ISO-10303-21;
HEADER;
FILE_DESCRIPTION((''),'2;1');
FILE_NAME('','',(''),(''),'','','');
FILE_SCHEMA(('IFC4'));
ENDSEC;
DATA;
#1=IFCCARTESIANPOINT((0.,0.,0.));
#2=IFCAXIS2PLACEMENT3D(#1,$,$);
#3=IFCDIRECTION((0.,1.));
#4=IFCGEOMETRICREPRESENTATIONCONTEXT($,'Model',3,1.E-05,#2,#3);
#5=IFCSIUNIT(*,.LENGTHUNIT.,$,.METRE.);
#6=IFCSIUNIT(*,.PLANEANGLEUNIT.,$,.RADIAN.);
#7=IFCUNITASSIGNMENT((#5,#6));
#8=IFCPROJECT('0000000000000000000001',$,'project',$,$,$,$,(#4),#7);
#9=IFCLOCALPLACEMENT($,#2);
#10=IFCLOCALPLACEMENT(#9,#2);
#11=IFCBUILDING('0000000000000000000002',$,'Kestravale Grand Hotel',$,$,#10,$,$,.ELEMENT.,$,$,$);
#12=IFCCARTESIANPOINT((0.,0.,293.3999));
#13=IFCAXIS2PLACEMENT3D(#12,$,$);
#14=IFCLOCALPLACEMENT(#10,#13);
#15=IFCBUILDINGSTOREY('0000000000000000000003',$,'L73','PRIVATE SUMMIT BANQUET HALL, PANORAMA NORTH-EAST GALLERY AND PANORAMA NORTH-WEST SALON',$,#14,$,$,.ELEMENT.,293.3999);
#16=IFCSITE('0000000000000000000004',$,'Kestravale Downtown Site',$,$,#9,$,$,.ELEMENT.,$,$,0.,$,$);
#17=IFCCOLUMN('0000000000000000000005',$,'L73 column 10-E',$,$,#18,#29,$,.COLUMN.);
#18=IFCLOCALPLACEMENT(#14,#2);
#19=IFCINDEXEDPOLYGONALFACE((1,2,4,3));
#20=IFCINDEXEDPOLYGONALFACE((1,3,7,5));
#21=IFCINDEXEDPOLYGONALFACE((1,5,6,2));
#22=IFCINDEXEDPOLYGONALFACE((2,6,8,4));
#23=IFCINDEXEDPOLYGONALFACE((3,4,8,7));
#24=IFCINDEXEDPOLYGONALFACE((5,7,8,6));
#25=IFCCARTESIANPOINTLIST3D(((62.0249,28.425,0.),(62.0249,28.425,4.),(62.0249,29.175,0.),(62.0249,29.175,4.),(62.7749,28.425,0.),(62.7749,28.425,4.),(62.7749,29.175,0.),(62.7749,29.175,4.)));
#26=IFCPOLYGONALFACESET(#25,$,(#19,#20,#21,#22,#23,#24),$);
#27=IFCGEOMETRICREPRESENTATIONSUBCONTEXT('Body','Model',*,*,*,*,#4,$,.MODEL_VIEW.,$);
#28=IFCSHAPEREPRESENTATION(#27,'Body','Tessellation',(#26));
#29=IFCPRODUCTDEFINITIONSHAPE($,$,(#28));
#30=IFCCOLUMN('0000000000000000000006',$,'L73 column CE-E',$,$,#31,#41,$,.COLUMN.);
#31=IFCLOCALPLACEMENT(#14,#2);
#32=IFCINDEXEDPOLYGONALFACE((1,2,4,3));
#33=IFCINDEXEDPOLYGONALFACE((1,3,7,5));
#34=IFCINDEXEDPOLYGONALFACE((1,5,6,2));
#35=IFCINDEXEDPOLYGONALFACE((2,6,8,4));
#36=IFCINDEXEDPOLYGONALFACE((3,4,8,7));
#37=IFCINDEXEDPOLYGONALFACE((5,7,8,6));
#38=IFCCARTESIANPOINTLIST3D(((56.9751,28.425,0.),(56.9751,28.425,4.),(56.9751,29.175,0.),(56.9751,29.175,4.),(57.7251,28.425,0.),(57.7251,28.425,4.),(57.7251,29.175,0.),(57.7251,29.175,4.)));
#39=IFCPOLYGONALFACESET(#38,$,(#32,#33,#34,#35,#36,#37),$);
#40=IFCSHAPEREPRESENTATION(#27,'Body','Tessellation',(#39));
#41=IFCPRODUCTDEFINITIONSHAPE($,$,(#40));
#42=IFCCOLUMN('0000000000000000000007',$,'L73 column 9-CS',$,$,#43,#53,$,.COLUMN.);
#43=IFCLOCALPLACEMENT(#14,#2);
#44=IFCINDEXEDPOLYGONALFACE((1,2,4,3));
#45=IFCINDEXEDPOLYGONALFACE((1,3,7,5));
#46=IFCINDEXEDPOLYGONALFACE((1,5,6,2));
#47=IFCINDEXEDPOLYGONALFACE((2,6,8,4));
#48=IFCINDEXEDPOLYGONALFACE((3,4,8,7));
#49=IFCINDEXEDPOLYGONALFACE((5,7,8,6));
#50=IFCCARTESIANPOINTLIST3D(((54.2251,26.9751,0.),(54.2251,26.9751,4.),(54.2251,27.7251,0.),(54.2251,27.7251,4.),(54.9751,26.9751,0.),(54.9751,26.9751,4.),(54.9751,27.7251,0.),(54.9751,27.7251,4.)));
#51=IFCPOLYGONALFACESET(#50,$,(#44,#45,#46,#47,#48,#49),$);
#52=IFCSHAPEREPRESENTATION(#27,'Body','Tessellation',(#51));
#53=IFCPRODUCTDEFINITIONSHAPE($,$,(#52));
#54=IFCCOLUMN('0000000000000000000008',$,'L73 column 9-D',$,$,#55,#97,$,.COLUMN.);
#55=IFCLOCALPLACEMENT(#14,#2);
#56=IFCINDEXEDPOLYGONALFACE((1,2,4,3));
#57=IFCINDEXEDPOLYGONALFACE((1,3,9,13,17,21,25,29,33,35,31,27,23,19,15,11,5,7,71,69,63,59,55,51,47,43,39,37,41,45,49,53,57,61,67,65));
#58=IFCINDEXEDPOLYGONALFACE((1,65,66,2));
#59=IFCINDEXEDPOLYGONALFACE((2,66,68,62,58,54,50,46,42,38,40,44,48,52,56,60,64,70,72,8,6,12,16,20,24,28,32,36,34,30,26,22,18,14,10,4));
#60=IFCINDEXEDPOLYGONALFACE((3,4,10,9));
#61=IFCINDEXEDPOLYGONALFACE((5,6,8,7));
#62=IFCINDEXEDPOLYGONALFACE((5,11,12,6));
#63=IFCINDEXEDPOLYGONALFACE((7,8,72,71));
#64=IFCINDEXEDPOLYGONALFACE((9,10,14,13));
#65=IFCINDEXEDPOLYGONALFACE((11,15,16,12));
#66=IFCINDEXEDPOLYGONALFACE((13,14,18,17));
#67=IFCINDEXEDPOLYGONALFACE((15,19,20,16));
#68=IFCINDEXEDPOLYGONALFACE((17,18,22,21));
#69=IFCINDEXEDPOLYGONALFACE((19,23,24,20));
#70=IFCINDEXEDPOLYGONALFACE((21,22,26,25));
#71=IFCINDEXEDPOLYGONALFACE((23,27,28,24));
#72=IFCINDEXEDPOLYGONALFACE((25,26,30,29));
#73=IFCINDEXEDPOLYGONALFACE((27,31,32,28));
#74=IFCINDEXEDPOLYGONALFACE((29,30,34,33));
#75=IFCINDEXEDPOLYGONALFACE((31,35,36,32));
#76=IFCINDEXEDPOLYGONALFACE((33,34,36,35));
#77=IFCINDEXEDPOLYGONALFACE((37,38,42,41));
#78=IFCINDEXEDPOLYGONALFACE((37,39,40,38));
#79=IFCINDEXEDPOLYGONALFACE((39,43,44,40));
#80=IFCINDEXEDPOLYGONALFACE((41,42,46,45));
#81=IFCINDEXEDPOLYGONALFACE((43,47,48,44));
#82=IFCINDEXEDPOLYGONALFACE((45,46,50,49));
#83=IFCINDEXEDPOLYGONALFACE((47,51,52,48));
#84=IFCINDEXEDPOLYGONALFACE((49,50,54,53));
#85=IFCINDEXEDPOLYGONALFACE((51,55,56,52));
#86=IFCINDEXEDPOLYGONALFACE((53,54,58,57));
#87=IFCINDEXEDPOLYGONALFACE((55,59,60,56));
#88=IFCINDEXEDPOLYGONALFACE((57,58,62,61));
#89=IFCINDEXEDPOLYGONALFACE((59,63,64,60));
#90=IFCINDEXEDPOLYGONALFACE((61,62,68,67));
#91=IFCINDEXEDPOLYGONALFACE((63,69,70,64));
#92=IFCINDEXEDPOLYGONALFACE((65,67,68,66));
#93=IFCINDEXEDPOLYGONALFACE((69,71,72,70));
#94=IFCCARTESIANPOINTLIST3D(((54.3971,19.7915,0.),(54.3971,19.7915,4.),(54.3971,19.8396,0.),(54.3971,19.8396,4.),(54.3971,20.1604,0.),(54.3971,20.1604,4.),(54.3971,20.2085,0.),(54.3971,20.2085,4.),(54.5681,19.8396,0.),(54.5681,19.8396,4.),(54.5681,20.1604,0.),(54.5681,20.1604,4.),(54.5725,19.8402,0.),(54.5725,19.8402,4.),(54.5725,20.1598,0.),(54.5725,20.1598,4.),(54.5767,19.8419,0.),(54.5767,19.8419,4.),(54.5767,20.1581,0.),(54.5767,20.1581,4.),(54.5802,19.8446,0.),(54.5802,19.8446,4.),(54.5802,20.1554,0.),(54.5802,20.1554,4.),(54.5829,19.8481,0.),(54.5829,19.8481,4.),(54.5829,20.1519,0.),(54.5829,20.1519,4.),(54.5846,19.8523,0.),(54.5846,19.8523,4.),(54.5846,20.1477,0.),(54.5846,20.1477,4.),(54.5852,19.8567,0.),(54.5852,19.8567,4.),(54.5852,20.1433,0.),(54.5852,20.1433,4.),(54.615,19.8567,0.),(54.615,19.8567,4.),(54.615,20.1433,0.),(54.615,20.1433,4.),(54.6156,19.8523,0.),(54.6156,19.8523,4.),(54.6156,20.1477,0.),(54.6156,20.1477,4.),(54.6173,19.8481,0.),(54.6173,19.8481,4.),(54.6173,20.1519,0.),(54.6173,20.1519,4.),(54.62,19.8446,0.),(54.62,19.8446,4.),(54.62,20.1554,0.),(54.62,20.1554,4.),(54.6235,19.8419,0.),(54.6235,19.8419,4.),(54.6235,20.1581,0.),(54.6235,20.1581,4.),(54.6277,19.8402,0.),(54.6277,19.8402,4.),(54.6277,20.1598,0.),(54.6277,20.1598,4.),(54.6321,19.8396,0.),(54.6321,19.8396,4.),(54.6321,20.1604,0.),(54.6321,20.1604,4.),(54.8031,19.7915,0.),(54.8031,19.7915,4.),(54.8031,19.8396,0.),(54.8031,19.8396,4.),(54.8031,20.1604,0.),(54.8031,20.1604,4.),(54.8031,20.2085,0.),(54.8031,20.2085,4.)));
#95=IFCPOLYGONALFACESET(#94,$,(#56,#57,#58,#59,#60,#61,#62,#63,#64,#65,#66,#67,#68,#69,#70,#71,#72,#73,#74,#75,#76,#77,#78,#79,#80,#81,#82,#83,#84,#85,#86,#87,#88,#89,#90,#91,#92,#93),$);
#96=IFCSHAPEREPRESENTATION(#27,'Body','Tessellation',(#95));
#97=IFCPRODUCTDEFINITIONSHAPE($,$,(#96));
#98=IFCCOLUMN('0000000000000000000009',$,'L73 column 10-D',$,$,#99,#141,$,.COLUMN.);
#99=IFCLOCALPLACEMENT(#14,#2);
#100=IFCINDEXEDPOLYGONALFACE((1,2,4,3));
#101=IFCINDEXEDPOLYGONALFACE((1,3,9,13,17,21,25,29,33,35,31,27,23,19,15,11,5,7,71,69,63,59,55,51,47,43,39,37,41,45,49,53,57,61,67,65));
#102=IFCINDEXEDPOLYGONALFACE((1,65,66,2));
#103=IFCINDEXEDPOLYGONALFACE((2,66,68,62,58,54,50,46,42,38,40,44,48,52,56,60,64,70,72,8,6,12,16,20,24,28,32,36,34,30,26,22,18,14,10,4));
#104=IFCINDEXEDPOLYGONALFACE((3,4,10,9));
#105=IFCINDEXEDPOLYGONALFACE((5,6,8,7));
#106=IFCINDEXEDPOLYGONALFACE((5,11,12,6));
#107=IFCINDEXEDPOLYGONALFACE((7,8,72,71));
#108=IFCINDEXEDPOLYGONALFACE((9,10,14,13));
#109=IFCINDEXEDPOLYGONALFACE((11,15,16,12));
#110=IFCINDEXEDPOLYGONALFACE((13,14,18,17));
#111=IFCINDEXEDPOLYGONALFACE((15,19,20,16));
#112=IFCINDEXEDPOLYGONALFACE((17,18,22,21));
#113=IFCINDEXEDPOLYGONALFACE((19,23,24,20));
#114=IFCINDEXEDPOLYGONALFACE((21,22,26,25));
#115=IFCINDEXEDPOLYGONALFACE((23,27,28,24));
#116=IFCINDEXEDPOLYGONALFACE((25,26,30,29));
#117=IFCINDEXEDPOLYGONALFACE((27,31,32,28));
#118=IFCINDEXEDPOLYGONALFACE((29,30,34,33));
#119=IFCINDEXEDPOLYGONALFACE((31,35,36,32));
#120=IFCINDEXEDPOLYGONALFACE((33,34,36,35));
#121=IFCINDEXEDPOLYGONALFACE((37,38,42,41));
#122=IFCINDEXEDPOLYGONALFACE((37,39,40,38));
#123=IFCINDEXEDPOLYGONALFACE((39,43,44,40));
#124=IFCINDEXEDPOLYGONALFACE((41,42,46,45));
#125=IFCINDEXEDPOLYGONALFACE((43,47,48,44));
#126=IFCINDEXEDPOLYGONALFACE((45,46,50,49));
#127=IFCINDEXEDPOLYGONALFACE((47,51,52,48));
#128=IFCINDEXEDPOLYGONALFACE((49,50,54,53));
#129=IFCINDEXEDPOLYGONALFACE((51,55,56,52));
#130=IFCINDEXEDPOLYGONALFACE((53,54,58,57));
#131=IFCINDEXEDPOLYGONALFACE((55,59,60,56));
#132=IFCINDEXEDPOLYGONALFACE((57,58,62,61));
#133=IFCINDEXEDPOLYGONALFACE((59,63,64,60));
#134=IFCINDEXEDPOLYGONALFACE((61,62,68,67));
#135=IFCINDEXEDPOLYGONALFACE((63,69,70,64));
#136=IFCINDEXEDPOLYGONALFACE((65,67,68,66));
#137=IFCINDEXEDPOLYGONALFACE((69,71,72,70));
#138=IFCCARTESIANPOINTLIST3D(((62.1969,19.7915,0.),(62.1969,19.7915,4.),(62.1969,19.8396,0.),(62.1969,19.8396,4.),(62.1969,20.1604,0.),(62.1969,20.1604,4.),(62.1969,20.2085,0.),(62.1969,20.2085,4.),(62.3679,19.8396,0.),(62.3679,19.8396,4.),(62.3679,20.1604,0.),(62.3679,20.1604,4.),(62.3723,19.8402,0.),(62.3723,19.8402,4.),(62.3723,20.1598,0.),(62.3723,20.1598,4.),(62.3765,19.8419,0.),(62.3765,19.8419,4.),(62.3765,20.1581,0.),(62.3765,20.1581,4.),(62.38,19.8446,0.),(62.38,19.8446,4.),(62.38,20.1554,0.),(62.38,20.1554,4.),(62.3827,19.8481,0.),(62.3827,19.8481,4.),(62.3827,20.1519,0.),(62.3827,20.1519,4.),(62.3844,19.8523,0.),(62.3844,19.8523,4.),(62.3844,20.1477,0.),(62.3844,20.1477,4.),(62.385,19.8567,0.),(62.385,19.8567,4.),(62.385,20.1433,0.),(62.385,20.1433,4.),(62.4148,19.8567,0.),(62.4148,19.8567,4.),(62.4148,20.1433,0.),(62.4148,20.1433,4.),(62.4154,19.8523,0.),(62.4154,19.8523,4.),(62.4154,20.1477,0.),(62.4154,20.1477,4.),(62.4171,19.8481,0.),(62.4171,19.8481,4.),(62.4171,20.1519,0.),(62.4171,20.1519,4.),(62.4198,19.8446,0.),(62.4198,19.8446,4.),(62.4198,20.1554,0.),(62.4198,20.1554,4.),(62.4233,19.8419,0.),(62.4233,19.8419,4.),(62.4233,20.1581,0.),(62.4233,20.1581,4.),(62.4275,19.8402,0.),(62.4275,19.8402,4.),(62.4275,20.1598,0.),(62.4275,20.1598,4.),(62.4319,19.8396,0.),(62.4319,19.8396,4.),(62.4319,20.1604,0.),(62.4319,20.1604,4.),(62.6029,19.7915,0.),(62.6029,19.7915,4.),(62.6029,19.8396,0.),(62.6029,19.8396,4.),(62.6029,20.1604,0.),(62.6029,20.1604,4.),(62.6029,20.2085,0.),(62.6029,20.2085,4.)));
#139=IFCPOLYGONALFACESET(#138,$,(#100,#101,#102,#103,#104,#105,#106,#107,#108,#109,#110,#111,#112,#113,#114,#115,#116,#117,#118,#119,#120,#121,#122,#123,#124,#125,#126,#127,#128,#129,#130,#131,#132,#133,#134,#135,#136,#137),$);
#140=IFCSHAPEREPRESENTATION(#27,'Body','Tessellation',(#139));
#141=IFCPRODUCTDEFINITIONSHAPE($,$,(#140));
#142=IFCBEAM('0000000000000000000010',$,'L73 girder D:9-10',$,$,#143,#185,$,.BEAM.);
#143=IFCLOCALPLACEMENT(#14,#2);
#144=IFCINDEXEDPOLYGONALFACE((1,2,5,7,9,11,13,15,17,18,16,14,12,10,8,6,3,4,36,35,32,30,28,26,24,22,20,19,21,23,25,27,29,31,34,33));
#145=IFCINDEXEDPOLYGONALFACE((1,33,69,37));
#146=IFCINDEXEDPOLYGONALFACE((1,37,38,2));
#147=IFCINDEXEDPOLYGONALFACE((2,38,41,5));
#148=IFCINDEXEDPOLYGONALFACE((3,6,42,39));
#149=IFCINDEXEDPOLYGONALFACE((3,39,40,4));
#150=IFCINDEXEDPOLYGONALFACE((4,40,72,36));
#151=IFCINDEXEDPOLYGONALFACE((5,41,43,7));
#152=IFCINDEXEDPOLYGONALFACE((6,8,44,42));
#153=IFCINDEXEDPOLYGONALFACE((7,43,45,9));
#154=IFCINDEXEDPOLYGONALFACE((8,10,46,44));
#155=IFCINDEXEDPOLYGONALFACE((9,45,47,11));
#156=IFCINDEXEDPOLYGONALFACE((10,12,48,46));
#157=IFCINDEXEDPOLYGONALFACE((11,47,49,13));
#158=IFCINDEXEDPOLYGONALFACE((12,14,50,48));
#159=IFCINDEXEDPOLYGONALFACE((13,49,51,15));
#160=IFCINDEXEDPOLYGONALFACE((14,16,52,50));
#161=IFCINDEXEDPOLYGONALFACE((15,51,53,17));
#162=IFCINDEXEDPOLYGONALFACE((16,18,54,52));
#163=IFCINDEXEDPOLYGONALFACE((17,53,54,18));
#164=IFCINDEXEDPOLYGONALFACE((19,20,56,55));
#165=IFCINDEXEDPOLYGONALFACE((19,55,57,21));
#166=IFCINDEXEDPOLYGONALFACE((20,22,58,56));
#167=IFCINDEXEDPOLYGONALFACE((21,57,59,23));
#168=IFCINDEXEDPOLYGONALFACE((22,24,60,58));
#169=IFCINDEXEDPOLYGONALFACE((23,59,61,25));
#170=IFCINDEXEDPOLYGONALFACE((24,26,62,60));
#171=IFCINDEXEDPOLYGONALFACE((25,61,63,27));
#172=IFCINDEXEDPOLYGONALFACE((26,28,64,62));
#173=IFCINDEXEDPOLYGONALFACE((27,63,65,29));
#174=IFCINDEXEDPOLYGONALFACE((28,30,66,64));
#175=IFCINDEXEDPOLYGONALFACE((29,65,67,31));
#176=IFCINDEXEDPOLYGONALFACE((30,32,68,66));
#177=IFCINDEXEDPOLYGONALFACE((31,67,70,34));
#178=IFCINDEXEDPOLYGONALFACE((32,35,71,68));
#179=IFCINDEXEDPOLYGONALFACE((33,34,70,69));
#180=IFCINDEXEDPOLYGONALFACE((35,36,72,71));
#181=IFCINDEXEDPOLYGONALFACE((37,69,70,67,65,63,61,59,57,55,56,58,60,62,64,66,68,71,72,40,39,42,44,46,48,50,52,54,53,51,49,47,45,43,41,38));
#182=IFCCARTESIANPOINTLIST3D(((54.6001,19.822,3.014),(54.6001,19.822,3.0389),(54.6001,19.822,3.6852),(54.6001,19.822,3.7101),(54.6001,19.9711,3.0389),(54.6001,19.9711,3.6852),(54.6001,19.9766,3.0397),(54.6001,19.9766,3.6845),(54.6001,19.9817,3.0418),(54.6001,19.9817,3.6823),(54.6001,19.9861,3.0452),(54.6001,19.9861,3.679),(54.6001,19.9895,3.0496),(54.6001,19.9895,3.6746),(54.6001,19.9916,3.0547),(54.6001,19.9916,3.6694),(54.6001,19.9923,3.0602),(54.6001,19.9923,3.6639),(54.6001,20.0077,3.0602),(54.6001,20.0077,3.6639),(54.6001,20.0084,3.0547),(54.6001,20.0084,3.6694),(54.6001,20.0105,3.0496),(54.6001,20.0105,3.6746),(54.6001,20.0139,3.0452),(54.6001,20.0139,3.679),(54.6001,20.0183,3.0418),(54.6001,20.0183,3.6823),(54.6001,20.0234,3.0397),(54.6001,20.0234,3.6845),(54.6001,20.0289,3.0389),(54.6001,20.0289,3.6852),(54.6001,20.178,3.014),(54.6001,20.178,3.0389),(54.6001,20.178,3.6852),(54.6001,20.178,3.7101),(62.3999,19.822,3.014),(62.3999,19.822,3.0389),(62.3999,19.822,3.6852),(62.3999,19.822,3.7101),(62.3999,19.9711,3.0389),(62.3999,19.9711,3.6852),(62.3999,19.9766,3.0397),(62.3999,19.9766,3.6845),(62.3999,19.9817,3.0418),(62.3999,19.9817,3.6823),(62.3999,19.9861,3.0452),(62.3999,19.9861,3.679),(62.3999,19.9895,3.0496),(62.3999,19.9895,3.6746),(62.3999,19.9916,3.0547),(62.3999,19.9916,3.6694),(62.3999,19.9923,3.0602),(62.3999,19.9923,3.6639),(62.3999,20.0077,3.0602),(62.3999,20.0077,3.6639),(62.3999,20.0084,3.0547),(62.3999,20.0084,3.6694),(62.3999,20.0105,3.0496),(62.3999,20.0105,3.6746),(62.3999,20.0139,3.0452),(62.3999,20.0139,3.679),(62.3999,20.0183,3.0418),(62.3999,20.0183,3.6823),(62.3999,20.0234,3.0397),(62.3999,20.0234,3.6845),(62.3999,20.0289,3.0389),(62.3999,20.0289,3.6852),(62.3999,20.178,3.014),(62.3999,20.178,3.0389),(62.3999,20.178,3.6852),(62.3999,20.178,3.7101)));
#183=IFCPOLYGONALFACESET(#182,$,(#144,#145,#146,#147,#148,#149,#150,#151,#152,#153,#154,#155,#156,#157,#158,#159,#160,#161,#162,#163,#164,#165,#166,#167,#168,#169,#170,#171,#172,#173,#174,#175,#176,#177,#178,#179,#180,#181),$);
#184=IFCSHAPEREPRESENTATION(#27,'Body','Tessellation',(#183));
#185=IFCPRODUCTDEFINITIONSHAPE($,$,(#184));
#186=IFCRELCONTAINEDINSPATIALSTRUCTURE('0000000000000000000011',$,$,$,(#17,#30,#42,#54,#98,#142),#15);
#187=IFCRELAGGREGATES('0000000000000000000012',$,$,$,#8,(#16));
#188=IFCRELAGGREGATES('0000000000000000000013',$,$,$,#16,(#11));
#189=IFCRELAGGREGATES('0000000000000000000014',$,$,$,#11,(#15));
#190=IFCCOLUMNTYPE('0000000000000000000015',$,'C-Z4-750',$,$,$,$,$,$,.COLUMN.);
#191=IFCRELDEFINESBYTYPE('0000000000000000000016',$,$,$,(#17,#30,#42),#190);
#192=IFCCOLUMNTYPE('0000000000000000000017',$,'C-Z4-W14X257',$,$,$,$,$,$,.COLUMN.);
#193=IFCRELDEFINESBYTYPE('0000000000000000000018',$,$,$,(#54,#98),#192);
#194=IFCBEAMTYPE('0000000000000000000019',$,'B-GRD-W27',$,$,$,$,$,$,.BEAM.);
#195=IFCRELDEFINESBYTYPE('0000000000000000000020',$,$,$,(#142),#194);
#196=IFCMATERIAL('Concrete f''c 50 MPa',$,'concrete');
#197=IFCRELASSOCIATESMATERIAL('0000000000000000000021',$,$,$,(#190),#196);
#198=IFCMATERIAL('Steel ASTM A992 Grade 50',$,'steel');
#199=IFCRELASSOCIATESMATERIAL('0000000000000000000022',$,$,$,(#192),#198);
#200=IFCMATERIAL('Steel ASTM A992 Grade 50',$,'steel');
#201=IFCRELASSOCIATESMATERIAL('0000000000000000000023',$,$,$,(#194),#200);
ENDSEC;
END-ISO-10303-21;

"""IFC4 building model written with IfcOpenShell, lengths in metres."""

from ifc_helpers import new_model, si_unit, direction, frame, origin, origin_2d, place, context, subcontext, project, spatial, rectangle, i_section, extrude, material, material_profile, profile_set, type_object, element, save


model = new_model("IFC4")

# Units and contexts
model_context = context("Model", 3, precision=1e-05, world=origin(), true_north=direction((0.0, 1.0)))
body_context = subcontext(model_context, "Body", "Model", "MODEL_VIEW")
ifc_project = project(units=[si_unit("LENGTHUNIT", "METRE"), si_unit("PLANEANGLEUNIT", "RADIAN")], contexts=[model_context])

# Site, building, storey
site_placement = place(None, origin())
site = spatial("IfcSite", under=ifc_project, at=site_placement, Name="Kestravale Downtown Site", CompositionType="ELEMENT", RefElevation=0.0)
building_placement = place(site_placement, origin())
building = spatial("IfcBuilding", under=site, at=building_placement, Name="Kestravale Grand Hotel", CompositionType="ELEMENT")
storey_placement = place(building_placement, frame((0.0, 0.0, 293.3999)))
storey = spatial("IfcBuildingStorey", under=building, at=storey_placement, Name="L73", Description="PRIVATE SUMMIT BANQUET HALL, PANORAMA NORTH-EAST GALLERY AND PANORAMA NORTH-WEST SALON", CompositionType="ELEMENT", Elevation=293.3999)

# Columns
ifc_material_1 = material(Name="Concrete f'c 50 MPa", Category="concrete")
ifc_material_profile_1 = material_profile(ifc_material_1, rectangle(XDim=0.75, YDim=0.75, at=origin_2d()))
ifc_profile_set_1 = profile_set([ifc_material_profile_1], Name="Concrete f'c 50 MPa")
column_type_1 = type_object("IfcColumnType", Name="C-Z4-750", PredefinedType="COLUMN", material=ifc_profile_set_1)
for number, where, z_axis, x_axis, name in (
    (1, (62.3999, 28.8, 0.0), (0.0, 0.0, 1.0), (1.0, 0.0, 0.0), "L73 column 10-E"),
    (2, (57.3501, 28.8, 0.0), (0.0, 0.0, 1.0), (1.0, 0.0, 0.0), "L73 column CE-E"),
    (3, (54.6001, 27.3501, 0.0), (0.0, 0.0, 1.0), (1.0, 0.0, 0.0), "L73 column 9-CS"),
):
    element("IfcColumn", number, at=place(storey_placement, frame(where, z_axis=z_axis, x_axis=x_axis)), inside=storey, type_object=column_type_1, Name=name, PredefinedType="COLUMN", context=body_context, shape_type="SweptSolid", body=[
        extrude(rectangle(XDim=0.75, YDim=0.75, at=origin_2d()), origin(), (0.0, 0.0, 1.0), 4.0),
    ])
ifc_material_2 = material(Name="Steel ASTM A992 Grade 50", Category="steel")
ifc_material_profile_2 = material_profile(ifc_material_2, i_section(OverallWidth=0.406, OverallDepth=0.417, WebThickness=0.0298, FlangeThickness=0.0481, FilletRadius=0.0171, at=origin_2d()))
ifc_profile_set_2 = profile_set([ifc_material_profile_2], Name="Steel ASTM A992 Grade 50")
column_type_2 = type_object("IfcColumnType", Name="C-Z4-W14X257", PredefinedType="COLUMN", material=ifc_profile_set_2)
for number, where, z_axis, x_axis, name in (
    (4, (54.6001, 20.0, 0.0), (0.0, 0.0, 1.0), (1.0, 0.0, 0.0), "L73 column 9-D"),
    (5, (62.3999, 20.0, 0.0), (0.0, 0.0, 1.0), (1.0, 0.0, 0.0), "L73 column 10-D"),
):
    element("IfcColumn", number, at=place(storey_placement, frame(where, z_axis=z_axis, x_axis=x_axis)), inside=storey, type_object=column_type_2, Name=name, PredefinedType="COLUMN", context=body_context, shape_type="SweptSolid", body=[
        extrude(i_section(OverallWidth=0.406, OverallDepth=0.417, WebThickness=0.0298, FlangeThickness=0.0481, FilletRadius=0.0171, at=origin_2d()), origin(), (0.0, 0.0, 1.0), 4.0),
    ])

# Beam
ifc_material_3 = material(Name="Steel ASTM A992 Grade 50", Category="steel")
ifc_material_profile_3 = material_profile(ifc_material_3, i_section(OverallWidth=0.356, OverallDepth=0.696, WebThickness=0.0154, FlangeThickness=0.0249, FilletRadius=0.0212, at=origin_2d()))
ifc_profile_set_3 = profile_set([ifc_material_profile_3], Name="Steel ASTM A992 Grade 50")
beam_type = type_object("IfcBeamType", Name="B-GRD-W27", PredefinedType="BEAM", material=ifc_profile_set_3)
beam_1_placement = place(storey_placement, frame((54.6001, 20.0, 3.3621), z_axis=(1.0, 0.0, 0.0), x_axis=(0.0, 1.0, 0.0)))
element("IfcBeam", 6, at=beam_1_placement, inside=storey, type_object=beam_type, Name="L73 girder D:9-10", PredefinedType="BEAM", context=body_context, shape_type="SweptSolid", body=[
    extrude(i_section(OverallWidth=0.356, OverallDepth=0.696, WebThickness=0.0154, FlangeThickness=0.0249, FilletRadius=0.0212, at=origin_2d()), origin(), (0.0, 0.0, 1.0), 7.7998),
])

save(model, "model.ifc")
